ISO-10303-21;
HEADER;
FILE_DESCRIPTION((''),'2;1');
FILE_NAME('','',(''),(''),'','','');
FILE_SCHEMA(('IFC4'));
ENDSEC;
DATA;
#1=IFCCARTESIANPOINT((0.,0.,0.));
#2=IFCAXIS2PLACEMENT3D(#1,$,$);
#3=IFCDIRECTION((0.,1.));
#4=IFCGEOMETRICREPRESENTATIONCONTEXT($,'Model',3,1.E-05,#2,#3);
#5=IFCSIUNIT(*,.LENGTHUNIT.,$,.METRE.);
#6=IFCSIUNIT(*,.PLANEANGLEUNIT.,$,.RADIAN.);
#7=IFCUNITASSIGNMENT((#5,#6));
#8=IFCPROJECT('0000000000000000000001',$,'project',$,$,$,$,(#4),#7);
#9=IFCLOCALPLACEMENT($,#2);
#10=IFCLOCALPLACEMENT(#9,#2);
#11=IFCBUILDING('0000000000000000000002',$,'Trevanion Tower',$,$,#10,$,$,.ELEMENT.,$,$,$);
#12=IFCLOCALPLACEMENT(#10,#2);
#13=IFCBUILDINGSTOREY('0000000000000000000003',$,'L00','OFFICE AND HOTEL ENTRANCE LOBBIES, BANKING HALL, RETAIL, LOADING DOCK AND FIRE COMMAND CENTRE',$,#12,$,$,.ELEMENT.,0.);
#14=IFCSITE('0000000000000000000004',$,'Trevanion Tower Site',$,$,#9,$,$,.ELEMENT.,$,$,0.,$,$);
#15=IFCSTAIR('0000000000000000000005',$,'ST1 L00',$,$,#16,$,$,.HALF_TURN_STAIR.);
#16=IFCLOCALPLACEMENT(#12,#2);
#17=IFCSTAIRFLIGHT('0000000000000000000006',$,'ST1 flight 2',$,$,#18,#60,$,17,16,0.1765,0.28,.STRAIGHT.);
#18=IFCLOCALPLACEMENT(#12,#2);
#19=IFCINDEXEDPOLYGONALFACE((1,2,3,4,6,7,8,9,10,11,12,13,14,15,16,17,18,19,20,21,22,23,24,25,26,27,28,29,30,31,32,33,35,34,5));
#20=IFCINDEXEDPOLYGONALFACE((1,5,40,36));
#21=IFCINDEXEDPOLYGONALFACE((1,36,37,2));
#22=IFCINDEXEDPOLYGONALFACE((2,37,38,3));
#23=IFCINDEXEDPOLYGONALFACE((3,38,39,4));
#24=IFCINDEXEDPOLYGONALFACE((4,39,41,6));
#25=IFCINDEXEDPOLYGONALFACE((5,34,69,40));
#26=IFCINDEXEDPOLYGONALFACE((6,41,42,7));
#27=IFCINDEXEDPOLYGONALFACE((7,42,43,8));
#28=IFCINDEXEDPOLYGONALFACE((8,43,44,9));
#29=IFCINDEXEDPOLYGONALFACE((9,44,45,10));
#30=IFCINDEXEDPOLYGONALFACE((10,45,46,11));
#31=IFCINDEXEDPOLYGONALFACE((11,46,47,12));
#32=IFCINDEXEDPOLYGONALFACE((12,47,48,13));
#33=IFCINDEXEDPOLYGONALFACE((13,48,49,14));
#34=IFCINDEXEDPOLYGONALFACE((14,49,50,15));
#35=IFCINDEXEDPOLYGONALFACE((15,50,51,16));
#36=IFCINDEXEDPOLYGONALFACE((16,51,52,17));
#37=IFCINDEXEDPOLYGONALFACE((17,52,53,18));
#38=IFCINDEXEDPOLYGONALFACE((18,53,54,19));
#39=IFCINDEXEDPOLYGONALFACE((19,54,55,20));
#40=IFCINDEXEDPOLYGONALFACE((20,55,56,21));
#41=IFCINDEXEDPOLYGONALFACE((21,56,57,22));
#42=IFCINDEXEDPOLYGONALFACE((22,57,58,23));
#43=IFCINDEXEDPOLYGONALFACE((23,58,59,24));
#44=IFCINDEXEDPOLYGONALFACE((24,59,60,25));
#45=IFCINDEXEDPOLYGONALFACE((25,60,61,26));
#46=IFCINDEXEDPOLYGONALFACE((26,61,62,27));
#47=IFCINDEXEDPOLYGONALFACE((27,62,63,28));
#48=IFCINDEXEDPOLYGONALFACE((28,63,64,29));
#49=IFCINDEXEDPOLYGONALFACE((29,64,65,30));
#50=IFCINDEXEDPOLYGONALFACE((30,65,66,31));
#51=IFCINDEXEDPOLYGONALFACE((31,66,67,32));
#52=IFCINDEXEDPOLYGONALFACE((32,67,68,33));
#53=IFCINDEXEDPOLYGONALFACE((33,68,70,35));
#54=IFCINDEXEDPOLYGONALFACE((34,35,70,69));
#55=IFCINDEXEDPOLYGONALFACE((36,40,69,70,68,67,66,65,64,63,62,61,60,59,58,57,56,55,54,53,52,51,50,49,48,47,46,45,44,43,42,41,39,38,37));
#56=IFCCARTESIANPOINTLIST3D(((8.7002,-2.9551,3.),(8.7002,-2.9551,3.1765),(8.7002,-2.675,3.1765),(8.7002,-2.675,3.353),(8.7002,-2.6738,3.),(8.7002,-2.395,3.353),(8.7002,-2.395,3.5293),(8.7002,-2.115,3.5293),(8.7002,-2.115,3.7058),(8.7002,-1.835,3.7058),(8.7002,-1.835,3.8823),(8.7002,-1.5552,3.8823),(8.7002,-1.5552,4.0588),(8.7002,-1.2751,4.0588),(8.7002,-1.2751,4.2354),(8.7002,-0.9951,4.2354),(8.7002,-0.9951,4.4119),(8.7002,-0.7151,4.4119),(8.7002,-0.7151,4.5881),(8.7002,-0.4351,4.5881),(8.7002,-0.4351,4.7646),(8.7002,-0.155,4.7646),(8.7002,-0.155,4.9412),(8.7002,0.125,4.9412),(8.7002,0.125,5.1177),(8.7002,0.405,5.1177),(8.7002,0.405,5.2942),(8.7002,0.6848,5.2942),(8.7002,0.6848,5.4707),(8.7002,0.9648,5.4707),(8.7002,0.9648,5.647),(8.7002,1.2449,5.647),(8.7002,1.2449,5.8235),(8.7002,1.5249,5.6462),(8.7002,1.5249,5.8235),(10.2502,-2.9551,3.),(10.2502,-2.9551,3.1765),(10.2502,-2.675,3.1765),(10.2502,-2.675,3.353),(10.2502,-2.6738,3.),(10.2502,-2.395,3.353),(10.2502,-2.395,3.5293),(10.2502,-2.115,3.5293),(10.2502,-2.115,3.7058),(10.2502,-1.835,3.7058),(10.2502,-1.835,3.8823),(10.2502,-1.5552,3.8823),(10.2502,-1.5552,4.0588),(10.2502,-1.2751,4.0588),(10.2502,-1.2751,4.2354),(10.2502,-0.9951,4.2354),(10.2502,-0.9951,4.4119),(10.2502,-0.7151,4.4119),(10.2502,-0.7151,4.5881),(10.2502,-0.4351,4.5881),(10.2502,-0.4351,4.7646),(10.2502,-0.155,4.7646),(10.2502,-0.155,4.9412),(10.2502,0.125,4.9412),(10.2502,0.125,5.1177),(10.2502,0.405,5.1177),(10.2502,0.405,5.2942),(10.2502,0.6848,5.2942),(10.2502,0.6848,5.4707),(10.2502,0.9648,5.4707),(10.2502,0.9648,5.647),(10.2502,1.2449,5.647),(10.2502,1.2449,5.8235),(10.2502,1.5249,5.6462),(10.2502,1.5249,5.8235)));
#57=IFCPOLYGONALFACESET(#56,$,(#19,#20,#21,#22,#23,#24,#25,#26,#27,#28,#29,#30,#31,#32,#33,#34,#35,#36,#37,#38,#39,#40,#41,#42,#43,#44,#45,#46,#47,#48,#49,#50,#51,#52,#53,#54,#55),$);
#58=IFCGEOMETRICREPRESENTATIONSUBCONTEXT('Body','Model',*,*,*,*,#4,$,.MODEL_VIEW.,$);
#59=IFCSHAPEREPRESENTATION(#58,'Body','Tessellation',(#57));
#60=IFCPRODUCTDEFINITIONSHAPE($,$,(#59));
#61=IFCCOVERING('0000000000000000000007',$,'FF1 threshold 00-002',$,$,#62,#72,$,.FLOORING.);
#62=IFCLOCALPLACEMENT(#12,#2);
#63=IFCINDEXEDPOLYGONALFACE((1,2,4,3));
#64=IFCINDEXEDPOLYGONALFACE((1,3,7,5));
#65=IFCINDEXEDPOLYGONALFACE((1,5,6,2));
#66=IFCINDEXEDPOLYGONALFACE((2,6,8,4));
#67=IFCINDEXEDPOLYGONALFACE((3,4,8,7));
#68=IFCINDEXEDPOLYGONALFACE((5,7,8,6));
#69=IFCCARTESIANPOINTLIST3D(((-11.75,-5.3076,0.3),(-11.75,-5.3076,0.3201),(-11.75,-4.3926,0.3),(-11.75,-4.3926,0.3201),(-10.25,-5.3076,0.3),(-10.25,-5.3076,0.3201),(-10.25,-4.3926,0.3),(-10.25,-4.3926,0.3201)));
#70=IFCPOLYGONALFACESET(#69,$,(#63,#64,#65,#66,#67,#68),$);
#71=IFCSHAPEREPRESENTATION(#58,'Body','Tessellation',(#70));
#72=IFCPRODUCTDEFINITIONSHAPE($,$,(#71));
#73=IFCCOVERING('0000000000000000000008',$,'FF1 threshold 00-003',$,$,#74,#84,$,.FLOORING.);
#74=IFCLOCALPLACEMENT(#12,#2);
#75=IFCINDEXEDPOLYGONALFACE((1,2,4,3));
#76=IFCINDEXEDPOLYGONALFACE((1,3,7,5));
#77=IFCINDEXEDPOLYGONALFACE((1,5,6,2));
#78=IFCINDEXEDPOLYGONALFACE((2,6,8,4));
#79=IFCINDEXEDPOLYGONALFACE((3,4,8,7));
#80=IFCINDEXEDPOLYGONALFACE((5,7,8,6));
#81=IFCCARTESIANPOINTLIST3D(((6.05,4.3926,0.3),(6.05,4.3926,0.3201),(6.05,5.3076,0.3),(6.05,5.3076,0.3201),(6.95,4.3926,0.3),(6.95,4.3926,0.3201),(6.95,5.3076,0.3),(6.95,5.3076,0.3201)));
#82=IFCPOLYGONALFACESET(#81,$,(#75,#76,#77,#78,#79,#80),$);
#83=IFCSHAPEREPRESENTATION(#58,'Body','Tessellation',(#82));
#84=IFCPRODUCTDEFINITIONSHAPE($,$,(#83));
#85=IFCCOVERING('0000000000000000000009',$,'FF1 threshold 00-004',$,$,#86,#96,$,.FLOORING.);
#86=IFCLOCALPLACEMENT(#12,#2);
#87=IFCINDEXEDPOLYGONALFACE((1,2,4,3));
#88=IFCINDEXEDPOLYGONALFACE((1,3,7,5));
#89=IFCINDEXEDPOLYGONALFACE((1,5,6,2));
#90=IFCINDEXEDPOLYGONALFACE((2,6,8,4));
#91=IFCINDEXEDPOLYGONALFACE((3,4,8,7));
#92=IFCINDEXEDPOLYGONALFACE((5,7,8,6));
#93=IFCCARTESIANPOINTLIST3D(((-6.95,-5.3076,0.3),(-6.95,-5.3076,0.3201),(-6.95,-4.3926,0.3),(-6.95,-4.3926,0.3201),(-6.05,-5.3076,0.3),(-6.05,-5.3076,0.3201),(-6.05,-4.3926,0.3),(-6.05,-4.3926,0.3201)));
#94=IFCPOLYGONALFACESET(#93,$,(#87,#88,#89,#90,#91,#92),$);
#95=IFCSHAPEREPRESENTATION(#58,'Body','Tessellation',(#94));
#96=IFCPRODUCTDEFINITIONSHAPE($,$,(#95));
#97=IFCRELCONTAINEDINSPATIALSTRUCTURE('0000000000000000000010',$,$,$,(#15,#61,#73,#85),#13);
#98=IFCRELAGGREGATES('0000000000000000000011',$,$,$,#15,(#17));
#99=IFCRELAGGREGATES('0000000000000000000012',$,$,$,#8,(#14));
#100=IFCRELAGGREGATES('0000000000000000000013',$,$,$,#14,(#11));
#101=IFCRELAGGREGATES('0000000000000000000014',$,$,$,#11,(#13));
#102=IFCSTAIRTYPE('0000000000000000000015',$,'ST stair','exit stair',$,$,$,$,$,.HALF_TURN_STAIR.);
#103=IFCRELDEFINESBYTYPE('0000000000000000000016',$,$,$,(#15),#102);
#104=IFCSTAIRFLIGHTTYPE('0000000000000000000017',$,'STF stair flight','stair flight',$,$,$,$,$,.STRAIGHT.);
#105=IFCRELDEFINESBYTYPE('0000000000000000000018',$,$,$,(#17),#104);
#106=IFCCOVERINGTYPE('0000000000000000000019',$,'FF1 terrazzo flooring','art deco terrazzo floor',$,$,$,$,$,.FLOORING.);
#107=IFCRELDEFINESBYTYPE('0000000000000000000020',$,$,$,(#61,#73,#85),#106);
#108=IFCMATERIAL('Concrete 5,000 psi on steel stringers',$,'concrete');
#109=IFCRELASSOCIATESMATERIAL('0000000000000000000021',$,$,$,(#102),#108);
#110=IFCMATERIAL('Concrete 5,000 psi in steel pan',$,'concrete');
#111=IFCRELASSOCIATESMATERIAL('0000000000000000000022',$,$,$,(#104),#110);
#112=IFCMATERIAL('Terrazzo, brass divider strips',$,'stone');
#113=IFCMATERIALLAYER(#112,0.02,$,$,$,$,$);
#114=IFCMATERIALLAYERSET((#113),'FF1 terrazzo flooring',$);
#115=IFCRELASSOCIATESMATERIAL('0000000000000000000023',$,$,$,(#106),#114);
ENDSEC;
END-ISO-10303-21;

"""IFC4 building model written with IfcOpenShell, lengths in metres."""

from ifc_helpers import new_model, si_unit, direction, frame, origin, place, context, subcontext, project, spatial, polyline, outline, extrude, material, layer, layer_set, type_object, element, aggregate, save


model = new_model("IFC4")

# Units and contexts
model_context = context("Model", 3, precision=1e-05, world=origin(), true_north=direction((0.0, 1.0)))
body_context = subcontext(model_context, "Body", "Model", "MODEL_VIEW")
ifc_project = project(units=[si_unit("LENGTHUNIT", "METRE"), si_unit("PLANEANGLEUNIT", "RADIAN")], contexts=[model_context])

# Site, building, storey
site_placement = place(None, origin())
site = spatial("IfcSite", under=ifc_project, at=site_placement, Name="Trevanion Tower Site", CompositionType="ELEMENT", RefElevation=0.0)
building_placement = place(site_placement, origin())
building = spatial("IfcBuilding", under=site, at=building_placement, Name="Trevanion Tower", CompositionType="ELEMENT")
storey_placement = place(building_placement, origin())
storey = spatial("IfcBuildingStorey", under=building, at=storey_placement, Name="L00", Description="OFFICE AND HOTEL ENTRANCE LOBBIES, BANKING HALL, RETAIL, LOADING DOCK AND FIRE COMMAND CENTRE", CompositionType="ELEMENT", Elevation=0.0)

# Stair, stair flight
ifc_material_1 = material(Name="Concrete 5,000 psi on steel stringers", Category="concrete")
stair_type = type_object("IfcStairType", Name="ST stair", Description="exit stair", PredefinedType="HALF_TURN_STAIR", material=ifc_material_1)
stair_placement = place(storey_placement, origin())
stair = element("IfcStair", 1, at=stair_placement, inside=storey, type_object=stair_type, Name="ST1 L00", PredefinedType="HALF_TURN_STAIR")
ifc_material_2 = material(Name="Concrete 5,000 psi in steel pan", Category="concrete")
stair_flight_type = type_object("IfcStairFlightType", Name="STF stair flight", Description="stair flight", PredefinedType="STRAIGHT", material=ifc_material_2)
stair_flight_placement = place(storey_placement, frame((9.4751, -2.9551, 3.0), z_axis=(0.0, 0.0, 1.0), x_axis=(0.0, 1.0, 0.0)))
stair_flight = element("IfcStairFlight", 2, at=stair_flight_placement, type_object=stair_flight_type, Name="ST1 flight 2", NumberOfRisers=17, NumberOfTreads=16, PredefinedType="STRAIGHT", RiserHeight=0.1765, TreadLength=0.28, context=body_context, shape_type="SweptSolid", body=[
    extrude(outline(polyline([(0.0, 0.0), (0.0, 0.1765), (0.28, 0.1765), (0.28, 0.353), (0.5601, 0.353), (0.5601, 0.5293), (0.8401, 0.5293), (0.8401, 0.7058), (1.1201, 0.7058), (1.1201, 0.8823), (1.3999, 0.8823), (1.3999, 1.0588), (1.6799, 1.0588), (1.6799, 1.2354), (1.96, 1.2354), (1.96, 1.4119), (2.24, 1.4119), (2.24, 1.5881), (2.52, 1.5881), (2.52, 1.7646), (2.8, 1.7646), (2.8, 1.9412), (3.0801, 1.9412), (3.0801, 2.1177), (3.3601, 2.1177), (3.3601, 2.2942), (3.6399, 2.2942), (3.6399, 2.4707), (3.9199, 2.4707), (3.9199, 2.647), (4.2, 2.647), (4.2, 2.8235), (4.48, 2.8235), (4.48, 3.0), (4.48, 2.6462), (0.2812, 0.0), (0.0, 0.0)])), frame((0.0, 0.7749, 0.0), z_axis=(0.0, -1.0, 0.0), x_axis=(1.0, 0.0, 0.0)), (0.0, 0.0, 1.0), 1.55),
])
aggregate(stair, [stair_flight])

# Coverings
ifc_material_3 = material(Name="Terrazzo, brass divider strips", Category="stone")
ifc_layer_1 = layer(ifc_material_3, 0.02)
ifc_layer_set_1 = layer_set([ifc_layer_1], Name="FF1 terrazzo flooring")
covering_type = type_object("IfcCoveringType", Name="FF1 terrazzo flooring", Description="art deco terrazzo floor", PredefinedType="FLOORING", material=ifc_layer_set_1)
covering_1_placement = place(storey_placement, frame((0.0, 0.0, 0.3)))
element("IfcCovering", 3, at=covering_1_placement, inside=storey, type_object=covering_type, Name="FF1 threshold 00-002", PredefinedType="FLOORING", context=body_context, shape_type="SweptSolid", body=[
    extrude(outline(polyline([(-11.75, -4.3926), (-11.75, -5.3076), (-10.25, -5.3076), (-10.25, -4.3926), (-11.75, -4.3926)])), origin(), (0.0, 0.0, 1.0), 0.02),
])
covering_2_placement = place(storey_placement, frame((0.0, 0.0, 0.3)))
element("IfcCovering", 4, at=covering_2_placement, inside=storey, type_object=covering_type, Name="FF1 threshold 00-003", PredefinedType="FLOORING", context=body_context, shape_type="SweptSolid", body=[
    extrude(outline(polyline([(6.95, 4.3926), (6.95, 5.3076), (6.05, 5.3076), (6.05, 4.3926), (6.95, 4.3926)])), origin(), (0.0, 0.0, 1.0), 0.02),
])
covering_3_placement = place(storey_placement, frame((0.0, 0.0, 0.3)))
element("IfcCovering", 5, at=covering_3_placement, inside=storey, type_object=covering_type, Name="FF1 threshold 00-004", PredefinedType="FLOORING", context=body_context, shape_type="SweptSolid", body=[
    extrude(outline(polyline([(-6.95, -4.3926), (-6.95, -5.3076), (-6.05, -5.3076), (-6.05, -4.3926), (-6.95, -4.3926)])), origin(), (0.0, 0.0, 1.0), 0.02),
])

save(model, "model.ifc")
